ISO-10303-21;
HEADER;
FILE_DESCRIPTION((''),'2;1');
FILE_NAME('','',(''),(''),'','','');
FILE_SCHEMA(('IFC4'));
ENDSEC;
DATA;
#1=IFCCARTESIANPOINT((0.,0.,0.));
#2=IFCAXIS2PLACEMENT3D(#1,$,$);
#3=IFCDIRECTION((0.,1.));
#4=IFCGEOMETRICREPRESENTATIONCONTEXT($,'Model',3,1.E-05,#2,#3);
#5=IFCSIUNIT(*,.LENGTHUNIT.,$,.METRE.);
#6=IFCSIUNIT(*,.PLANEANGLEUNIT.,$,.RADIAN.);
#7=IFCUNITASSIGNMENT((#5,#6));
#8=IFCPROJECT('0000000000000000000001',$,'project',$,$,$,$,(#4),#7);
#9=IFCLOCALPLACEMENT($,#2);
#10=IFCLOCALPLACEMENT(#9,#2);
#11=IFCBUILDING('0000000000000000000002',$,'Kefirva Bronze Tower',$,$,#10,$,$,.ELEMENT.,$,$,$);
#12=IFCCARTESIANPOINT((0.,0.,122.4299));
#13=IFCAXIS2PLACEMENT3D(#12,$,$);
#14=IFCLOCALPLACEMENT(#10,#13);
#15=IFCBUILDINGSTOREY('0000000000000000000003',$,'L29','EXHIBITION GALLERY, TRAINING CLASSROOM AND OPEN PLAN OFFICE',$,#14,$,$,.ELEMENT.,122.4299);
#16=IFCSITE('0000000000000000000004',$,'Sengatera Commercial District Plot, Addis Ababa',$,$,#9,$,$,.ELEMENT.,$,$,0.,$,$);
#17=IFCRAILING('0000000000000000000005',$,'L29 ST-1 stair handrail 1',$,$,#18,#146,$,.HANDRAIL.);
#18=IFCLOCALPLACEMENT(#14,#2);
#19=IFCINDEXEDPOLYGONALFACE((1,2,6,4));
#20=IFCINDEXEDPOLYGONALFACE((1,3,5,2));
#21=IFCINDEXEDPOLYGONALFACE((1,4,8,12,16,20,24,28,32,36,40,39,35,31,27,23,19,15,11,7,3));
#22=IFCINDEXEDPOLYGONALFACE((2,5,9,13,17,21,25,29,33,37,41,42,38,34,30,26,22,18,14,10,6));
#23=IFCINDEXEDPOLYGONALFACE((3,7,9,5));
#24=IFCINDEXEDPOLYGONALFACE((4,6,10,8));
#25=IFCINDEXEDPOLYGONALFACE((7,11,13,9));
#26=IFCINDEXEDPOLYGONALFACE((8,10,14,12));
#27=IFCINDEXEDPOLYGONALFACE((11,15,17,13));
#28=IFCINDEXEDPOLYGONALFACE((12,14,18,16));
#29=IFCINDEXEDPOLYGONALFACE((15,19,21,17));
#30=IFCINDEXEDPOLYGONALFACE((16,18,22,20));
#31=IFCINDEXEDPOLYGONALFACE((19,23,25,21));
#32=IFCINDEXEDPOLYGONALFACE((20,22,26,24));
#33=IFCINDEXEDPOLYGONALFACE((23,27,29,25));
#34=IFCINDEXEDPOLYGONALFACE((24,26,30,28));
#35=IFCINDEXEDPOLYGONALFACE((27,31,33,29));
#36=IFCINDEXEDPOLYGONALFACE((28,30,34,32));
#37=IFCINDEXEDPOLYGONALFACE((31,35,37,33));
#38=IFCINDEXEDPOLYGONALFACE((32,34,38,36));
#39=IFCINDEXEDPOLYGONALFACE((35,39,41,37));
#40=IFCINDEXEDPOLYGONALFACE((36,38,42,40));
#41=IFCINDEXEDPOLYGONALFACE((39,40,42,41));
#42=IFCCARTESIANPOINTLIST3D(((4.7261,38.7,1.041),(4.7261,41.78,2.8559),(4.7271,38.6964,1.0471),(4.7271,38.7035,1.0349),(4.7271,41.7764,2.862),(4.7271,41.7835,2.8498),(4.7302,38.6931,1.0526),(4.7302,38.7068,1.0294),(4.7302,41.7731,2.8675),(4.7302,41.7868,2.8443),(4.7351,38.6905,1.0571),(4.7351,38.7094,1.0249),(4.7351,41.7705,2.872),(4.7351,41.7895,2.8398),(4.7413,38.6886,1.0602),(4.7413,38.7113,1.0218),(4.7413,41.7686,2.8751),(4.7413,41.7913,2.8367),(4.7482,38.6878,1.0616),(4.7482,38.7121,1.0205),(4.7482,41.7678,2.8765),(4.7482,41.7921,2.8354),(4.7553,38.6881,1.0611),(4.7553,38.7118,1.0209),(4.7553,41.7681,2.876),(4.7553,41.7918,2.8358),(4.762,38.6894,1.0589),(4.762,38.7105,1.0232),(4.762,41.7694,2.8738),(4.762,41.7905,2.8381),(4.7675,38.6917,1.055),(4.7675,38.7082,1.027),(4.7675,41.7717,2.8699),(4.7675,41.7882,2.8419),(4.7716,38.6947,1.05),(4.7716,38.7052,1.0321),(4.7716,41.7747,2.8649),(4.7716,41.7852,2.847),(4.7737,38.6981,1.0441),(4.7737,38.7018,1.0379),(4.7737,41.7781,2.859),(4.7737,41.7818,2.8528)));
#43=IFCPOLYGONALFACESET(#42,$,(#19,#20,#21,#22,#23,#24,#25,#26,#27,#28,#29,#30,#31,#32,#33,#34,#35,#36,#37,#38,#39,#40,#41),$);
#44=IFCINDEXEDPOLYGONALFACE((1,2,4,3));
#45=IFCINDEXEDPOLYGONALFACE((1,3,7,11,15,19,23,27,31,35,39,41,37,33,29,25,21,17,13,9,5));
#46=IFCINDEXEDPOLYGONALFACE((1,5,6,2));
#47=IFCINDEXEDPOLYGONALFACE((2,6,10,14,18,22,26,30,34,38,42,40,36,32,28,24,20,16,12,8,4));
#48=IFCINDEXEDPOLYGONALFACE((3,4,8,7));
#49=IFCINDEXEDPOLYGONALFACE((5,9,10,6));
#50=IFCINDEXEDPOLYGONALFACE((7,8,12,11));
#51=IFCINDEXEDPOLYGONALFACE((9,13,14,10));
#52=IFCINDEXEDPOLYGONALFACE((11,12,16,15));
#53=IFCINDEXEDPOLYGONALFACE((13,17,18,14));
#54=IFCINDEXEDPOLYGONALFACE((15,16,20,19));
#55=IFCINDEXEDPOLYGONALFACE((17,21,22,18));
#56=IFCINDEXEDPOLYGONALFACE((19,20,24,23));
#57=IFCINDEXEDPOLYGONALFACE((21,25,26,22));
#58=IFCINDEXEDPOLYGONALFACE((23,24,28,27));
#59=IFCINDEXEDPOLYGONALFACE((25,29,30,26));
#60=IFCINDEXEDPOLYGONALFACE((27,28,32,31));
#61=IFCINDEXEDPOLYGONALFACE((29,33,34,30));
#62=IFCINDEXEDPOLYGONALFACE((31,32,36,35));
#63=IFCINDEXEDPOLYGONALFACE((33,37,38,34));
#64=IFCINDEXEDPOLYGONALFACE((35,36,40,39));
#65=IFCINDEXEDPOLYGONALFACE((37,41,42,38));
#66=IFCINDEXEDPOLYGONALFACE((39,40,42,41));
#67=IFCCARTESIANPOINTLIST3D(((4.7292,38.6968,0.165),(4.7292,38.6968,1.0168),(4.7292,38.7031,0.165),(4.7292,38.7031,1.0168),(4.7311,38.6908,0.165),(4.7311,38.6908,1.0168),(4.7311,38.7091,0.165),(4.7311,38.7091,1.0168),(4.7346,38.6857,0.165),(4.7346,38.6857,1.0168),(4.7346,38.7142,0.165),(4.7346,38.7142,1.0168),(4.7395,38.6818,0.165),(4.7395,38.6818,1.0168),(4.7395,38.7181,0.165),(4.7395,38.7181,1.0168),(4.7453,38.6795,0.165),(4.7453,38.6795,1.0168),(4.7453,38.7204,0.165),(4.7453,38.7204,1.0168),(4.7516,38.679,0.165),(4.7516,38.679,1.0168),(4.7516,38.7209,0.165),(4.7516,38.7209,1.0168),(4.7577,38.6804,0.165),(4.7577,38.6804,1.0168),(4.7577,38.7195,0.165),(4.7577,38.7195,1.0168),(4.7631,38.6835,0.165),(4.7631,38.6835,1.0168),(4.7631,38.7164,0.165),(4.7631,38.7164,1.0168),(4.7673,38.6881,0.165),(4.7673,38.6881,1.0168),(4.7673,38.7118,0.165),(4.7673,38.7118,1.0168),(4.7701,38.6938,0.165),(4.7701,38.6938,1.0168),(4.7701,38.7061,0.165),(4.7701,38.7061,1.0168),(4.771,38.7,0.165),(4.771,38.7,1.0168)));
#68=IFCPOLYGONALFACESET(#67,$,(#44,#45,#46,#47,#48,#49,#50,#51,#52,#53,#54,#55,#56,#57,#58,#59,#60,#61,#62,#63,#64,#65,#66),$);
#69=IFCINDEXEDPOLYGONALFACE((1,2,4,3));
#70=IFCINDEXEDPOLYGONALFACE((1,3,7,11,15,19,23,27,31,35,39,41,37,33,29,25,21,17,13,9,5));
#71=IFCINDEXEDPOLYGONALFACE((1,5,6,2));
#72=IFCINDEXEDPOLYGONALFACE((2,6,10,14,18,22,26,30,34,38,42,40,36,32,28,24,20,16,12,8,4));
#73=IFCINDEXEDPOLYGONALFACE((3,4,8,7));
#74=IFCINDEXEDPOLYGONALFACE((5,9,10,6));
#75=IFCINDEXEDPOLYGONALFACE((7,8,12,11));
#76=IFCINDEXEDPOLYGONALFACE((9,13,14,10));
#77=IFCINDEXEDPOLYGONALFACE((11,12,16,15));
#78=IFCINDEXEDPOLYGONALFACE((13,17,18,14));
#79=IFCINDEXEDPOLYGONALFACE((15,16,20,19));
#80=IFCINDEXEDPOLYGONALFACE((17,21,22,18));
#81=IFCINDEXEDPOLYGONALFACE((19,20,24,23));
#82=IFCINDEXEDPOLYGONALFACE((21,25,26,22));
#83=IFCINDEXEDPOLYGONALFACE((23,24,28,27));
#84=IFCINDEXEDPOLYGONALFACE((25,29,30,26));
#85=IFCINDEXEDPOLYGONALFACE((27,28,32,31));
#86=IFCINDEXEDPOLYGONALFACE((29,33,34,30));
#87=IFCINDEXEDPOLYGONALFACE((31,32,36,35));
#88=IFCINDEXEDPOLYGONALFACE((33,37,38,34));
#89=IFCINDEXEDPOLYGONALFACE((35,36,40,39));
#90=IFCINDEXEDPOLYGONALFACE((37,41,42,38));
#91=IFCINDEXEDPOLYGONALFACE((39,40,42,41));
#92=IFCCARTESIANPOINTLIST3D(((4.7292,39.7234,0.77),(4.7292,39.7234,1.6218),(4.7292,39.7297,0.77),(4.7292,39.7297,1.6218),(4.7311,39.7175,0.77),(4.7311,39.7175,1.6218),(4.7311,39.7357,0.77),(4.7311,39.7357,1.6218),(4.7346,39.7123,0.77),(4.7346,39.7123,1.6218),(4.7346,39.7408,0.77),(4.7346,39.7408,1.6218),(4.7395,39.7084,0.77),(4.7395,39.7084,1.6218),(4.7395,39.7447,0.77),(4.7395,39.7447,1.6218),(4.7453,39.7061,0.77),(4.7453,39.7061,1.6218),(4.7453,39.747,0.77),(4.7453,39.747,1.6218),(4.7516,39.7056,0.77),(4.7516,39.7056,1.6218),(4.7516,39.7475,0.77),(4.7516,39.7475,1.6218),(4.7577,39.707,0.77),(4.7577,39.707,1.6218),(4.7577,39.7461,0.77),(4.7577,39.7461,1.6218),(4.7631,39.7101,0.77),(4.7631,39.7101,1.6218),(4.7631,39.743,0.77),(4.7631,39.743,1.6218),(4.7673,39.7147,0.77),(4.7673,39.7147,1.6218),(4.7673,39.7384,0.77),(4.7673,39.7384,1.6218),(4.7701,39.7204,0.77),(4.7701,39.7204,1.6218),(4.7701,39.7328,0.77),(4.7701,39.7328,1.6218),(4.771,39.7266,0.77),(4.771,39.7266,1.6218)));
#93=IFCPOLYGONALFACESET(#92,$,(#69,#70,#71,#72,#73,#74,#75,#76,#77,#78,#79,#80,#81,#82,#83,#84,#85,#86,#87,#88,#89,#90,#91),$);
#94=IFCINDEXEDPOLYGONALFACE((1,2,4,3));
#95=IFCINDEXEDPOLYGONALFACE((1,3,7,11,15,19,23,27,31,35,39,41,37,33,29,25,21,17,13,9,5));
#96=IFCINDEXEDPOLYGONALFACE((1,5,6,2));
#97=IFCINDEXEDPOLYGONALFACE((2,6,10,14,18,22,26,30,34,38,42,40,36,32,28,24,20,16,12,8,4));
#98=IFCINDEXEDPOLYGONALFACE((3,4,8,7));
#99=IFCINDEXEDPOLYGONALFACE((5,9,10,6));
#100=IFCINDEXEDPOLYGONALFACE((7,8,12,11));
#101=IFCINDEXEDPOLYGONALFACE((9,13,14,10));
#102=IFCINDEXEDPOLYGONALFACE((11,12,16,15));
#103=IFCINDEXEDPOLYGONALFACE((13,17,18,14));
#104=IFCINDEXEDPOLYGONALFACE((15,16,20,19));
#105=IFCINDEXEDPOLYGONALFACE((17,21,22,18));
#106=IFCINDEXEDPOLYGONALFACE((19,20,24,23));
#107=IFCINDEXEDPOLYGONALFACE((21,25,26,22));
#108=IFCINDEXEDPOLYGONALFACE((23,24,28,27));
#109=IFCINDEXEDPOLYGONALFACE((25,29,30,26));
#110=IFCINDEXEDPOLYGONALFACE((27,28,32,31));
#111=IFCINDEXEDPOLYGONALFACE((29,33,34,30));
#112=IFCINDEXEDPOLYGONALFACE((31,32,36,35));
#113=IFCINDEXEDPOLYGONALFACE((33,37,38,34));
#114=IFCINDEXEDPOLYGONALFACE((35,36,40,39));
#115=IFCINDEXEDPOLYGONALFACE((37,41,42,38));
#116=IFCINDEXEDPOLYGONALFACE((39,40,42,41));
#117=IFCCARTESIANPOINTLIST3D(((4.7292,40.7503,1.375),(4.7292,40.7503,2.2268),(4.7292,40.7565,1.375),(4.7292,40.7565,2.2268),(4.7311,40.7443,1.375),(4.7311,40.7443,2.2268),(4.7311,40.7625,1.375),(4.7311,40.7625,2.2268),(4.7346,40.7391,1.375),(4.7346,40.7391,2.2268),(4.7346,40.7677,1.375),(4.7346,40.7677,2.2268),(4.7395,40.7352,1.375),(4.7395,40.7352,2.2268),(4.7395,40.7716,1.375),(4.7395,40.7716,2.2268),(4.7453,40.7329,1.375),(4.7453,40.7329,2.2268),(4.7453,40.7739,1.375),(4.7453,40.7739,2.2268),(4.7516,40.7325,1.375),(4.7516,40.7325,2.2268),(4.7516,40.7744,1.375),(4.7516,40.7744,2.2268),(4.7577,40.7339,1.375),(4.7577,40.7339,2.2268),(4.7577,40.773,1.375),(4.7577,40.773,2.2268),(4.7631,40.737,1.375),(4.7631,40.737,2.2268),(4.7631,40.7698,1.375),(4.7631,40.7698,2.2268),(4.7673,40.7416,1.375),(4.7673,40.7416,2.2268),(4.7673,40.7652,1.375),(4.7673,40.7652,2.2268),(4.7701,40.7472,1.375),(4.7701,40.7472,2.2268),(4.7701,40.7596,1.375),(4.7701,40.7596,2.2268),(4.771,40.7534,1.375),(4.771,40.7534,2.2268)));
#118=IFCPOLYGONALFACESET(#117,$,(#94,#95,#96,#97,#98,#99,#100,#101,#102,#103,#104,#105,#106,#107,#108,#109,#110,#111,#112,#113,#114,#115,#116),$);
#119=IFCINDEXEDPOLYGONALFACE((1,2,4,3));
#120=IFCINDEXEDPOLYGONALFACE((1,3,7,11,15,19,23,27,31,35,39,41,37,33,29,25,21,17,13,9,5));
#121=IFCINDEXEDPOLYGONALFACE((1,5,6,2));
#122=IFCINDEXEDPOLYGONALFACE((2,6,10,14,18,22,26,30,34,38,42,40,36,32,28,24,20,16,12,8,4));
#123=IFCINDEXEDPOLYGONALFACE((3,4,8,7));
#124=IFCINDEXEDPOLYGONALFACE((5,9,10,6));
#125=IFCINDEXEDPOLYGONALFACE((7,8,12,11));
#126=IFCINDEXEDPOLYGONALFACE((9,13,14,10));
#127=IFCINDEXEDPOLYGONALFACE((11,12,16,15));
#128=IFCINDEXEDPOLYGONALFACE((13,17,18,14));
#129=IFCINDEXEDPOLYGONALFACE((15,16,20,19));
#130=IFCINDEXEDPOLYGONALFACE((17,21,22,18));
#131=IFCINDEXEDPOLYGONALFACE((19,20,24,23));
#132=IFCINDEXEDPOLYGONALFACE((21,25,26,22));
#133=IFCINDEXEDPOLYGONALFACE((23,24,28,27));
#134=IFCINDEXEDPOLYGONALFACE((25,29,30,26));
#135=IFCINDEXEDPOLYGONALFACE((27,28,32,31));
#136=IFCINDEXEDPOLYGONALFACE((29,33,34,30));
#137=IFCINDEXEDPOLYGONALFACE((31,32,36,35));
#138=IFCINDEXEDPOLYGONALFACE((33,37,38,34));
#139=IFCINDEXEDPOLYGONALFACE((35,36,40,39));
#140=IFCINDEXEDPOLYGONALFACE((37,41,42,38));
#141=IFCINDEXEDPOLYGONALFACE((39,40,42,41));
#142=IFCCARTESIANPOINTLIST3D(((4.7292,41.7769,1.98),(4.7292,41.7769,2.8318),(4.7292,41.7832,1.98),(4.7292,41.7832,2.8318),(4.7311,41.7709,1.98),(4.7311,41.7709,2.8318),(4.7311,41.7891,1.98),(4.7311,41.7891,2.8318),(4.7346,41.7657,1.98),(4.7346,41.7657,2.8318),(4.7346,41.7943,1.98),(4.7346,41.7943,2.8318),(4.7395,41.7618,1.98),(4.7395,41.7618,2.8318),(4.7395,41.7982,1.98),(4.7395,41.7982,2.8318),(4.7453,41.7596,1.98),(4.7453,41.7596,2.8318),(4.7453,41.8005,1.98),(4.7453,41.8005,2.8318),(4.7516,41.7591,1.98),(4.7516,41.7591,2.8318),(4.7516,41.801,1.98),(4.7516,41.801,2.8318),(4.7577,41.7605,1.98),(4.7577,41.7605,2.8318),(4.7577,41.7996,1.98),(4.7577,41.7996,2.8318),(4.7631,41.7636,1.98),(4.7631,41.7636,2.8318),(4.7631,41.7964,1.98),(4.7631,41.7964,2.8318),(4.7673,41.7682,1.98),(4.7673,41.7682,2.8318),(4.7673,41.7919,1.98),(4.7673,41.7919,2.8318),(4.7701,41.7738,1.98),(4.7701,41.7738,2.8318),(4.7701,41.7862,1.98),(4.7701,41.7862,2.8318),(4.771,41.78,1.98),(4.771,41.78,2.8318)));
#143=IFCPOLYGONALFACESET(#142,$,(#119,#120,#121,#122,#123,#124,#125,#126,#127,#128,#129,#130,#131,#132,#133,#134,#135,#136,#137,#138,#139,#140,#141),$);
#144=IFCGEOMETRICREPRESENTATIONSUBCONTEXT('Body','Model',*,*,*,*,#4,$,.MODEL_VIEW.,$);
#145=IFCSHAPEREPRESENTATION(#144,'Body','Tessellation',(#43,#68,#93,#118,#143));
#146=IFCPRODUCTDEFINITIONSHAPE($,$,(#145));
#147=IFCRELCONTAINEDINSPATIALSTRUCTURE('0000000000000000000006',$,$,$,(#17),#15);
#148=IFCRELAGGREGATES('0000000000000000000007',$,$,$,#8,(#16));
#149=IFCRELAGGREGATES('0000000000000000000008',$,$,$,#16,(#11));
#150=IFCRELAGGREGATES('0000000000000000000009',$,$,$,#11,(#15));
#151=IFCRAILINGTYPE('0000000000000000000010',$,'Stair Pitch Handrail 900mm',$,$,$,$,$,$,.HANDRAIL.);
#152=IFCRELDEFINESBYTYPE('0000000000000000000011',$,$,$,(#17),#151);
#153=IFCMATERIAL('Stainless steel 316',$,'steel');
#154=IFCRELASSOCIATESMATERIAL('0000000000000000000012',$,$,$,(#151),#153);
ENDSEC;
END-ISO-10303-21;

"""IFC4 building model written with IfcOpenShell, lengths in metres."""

from ifc_helpers import new_model, si_unit, direction, frame, origin, origin_2d, place, context, subcontext, project, spatial, circle, extrude, material, type_object, element, save


model = new_model("IFC4")

# Units and contexts
model_context = context("Model", 3, precision=1e-05, world=origin(), true_north=direction((0.0, 1.0)))
body_context = subcontext(model_context, "Body", "Model", "MODEL_VIEW")
ifc_project = project(units=[si_unit("LENGTHUNIT", "METRE"), si_unit("PLANEANGLEUNIT", "RADIAN")], contexts=[model_context])

# Site, building, storey
site_placement = place(None, origin())
site = spatial("IfcSite", under=ifc_project, at=site_placement, Name="Sengatera Commercial District Plot, Addis Ababa", CompositionType="ELEMENT", RefElevation=0.0)
building_placement = place(site_placement, origin())
building = spatial("IfcBuilding", under=site, at=building_placement, Name="Kefirva Bronze Tower", CompositionType="ELEMENT")
storey_placement = place(building_placement, frame((0.0, 0.0, 122.4299)))
storey = spatial("IfcBuildingStorey", under=building, at=storey_placement, Name="L29", Description="EXHIBITION GALLERY, TRAINING CLASSROOM AND OPEN PLAN OFFICE", CompositionType="ELEMENT", Elevation=122.4299)

# Shared definitions
ifc_material_1 = material(Name="Stainless steel 316", Category="steel")

# Railing
railing_type_1 = type_object("IfcRailingType", Name="Stair Pitch Handrail 900mm", PredefinedType="HANDRAIL", material=ifc_material_1)
railing_1_placement = place(storey_placement, frame((4.75, 38.7, 0.165)))
element("IfcRailing", 1, at=railing_1_placement, inside=storey, type_object=railing_type_1, Name="L29 ST-1 stair handrail 1", PredefinedType="HANDRAIL", context=body_context, shape_type="SweptSolid", body=[
    extrude(circle(Radius=0.0239, at=origin_2d()), frame((0.0, 0.0, 0.876), z_axis=(0.0, 0.861551, 0.507671), x_axis=(-1.0, 0.0, 0.0)), (0.0, 0.0, 1.0), 3.575),
    extrude(circle(Radius=0.021, at=origin_2d()), origin(), (0.0, 0.0, 1.0), 0.8518),
    extrude(circle(Radius=0.021, at=origin_2d()), frame((0.0, 1.0266, 0.605)), (0.0, 0.0, 1.0), 0.8518),
    extrude(circle(Radius=0.021, at=origin_2d()), frame((0.0, 2.0535, 1.21)), (0.0, 0.0, 1.0), 0.8518),
    extrude(circle(Radius=0.021, at=origin_2d()), frame((0.0, 3.0801, 1.8149)), (0.0, 0.0, 1.0), 0.8518),
])

save(model, "model.ifc")
